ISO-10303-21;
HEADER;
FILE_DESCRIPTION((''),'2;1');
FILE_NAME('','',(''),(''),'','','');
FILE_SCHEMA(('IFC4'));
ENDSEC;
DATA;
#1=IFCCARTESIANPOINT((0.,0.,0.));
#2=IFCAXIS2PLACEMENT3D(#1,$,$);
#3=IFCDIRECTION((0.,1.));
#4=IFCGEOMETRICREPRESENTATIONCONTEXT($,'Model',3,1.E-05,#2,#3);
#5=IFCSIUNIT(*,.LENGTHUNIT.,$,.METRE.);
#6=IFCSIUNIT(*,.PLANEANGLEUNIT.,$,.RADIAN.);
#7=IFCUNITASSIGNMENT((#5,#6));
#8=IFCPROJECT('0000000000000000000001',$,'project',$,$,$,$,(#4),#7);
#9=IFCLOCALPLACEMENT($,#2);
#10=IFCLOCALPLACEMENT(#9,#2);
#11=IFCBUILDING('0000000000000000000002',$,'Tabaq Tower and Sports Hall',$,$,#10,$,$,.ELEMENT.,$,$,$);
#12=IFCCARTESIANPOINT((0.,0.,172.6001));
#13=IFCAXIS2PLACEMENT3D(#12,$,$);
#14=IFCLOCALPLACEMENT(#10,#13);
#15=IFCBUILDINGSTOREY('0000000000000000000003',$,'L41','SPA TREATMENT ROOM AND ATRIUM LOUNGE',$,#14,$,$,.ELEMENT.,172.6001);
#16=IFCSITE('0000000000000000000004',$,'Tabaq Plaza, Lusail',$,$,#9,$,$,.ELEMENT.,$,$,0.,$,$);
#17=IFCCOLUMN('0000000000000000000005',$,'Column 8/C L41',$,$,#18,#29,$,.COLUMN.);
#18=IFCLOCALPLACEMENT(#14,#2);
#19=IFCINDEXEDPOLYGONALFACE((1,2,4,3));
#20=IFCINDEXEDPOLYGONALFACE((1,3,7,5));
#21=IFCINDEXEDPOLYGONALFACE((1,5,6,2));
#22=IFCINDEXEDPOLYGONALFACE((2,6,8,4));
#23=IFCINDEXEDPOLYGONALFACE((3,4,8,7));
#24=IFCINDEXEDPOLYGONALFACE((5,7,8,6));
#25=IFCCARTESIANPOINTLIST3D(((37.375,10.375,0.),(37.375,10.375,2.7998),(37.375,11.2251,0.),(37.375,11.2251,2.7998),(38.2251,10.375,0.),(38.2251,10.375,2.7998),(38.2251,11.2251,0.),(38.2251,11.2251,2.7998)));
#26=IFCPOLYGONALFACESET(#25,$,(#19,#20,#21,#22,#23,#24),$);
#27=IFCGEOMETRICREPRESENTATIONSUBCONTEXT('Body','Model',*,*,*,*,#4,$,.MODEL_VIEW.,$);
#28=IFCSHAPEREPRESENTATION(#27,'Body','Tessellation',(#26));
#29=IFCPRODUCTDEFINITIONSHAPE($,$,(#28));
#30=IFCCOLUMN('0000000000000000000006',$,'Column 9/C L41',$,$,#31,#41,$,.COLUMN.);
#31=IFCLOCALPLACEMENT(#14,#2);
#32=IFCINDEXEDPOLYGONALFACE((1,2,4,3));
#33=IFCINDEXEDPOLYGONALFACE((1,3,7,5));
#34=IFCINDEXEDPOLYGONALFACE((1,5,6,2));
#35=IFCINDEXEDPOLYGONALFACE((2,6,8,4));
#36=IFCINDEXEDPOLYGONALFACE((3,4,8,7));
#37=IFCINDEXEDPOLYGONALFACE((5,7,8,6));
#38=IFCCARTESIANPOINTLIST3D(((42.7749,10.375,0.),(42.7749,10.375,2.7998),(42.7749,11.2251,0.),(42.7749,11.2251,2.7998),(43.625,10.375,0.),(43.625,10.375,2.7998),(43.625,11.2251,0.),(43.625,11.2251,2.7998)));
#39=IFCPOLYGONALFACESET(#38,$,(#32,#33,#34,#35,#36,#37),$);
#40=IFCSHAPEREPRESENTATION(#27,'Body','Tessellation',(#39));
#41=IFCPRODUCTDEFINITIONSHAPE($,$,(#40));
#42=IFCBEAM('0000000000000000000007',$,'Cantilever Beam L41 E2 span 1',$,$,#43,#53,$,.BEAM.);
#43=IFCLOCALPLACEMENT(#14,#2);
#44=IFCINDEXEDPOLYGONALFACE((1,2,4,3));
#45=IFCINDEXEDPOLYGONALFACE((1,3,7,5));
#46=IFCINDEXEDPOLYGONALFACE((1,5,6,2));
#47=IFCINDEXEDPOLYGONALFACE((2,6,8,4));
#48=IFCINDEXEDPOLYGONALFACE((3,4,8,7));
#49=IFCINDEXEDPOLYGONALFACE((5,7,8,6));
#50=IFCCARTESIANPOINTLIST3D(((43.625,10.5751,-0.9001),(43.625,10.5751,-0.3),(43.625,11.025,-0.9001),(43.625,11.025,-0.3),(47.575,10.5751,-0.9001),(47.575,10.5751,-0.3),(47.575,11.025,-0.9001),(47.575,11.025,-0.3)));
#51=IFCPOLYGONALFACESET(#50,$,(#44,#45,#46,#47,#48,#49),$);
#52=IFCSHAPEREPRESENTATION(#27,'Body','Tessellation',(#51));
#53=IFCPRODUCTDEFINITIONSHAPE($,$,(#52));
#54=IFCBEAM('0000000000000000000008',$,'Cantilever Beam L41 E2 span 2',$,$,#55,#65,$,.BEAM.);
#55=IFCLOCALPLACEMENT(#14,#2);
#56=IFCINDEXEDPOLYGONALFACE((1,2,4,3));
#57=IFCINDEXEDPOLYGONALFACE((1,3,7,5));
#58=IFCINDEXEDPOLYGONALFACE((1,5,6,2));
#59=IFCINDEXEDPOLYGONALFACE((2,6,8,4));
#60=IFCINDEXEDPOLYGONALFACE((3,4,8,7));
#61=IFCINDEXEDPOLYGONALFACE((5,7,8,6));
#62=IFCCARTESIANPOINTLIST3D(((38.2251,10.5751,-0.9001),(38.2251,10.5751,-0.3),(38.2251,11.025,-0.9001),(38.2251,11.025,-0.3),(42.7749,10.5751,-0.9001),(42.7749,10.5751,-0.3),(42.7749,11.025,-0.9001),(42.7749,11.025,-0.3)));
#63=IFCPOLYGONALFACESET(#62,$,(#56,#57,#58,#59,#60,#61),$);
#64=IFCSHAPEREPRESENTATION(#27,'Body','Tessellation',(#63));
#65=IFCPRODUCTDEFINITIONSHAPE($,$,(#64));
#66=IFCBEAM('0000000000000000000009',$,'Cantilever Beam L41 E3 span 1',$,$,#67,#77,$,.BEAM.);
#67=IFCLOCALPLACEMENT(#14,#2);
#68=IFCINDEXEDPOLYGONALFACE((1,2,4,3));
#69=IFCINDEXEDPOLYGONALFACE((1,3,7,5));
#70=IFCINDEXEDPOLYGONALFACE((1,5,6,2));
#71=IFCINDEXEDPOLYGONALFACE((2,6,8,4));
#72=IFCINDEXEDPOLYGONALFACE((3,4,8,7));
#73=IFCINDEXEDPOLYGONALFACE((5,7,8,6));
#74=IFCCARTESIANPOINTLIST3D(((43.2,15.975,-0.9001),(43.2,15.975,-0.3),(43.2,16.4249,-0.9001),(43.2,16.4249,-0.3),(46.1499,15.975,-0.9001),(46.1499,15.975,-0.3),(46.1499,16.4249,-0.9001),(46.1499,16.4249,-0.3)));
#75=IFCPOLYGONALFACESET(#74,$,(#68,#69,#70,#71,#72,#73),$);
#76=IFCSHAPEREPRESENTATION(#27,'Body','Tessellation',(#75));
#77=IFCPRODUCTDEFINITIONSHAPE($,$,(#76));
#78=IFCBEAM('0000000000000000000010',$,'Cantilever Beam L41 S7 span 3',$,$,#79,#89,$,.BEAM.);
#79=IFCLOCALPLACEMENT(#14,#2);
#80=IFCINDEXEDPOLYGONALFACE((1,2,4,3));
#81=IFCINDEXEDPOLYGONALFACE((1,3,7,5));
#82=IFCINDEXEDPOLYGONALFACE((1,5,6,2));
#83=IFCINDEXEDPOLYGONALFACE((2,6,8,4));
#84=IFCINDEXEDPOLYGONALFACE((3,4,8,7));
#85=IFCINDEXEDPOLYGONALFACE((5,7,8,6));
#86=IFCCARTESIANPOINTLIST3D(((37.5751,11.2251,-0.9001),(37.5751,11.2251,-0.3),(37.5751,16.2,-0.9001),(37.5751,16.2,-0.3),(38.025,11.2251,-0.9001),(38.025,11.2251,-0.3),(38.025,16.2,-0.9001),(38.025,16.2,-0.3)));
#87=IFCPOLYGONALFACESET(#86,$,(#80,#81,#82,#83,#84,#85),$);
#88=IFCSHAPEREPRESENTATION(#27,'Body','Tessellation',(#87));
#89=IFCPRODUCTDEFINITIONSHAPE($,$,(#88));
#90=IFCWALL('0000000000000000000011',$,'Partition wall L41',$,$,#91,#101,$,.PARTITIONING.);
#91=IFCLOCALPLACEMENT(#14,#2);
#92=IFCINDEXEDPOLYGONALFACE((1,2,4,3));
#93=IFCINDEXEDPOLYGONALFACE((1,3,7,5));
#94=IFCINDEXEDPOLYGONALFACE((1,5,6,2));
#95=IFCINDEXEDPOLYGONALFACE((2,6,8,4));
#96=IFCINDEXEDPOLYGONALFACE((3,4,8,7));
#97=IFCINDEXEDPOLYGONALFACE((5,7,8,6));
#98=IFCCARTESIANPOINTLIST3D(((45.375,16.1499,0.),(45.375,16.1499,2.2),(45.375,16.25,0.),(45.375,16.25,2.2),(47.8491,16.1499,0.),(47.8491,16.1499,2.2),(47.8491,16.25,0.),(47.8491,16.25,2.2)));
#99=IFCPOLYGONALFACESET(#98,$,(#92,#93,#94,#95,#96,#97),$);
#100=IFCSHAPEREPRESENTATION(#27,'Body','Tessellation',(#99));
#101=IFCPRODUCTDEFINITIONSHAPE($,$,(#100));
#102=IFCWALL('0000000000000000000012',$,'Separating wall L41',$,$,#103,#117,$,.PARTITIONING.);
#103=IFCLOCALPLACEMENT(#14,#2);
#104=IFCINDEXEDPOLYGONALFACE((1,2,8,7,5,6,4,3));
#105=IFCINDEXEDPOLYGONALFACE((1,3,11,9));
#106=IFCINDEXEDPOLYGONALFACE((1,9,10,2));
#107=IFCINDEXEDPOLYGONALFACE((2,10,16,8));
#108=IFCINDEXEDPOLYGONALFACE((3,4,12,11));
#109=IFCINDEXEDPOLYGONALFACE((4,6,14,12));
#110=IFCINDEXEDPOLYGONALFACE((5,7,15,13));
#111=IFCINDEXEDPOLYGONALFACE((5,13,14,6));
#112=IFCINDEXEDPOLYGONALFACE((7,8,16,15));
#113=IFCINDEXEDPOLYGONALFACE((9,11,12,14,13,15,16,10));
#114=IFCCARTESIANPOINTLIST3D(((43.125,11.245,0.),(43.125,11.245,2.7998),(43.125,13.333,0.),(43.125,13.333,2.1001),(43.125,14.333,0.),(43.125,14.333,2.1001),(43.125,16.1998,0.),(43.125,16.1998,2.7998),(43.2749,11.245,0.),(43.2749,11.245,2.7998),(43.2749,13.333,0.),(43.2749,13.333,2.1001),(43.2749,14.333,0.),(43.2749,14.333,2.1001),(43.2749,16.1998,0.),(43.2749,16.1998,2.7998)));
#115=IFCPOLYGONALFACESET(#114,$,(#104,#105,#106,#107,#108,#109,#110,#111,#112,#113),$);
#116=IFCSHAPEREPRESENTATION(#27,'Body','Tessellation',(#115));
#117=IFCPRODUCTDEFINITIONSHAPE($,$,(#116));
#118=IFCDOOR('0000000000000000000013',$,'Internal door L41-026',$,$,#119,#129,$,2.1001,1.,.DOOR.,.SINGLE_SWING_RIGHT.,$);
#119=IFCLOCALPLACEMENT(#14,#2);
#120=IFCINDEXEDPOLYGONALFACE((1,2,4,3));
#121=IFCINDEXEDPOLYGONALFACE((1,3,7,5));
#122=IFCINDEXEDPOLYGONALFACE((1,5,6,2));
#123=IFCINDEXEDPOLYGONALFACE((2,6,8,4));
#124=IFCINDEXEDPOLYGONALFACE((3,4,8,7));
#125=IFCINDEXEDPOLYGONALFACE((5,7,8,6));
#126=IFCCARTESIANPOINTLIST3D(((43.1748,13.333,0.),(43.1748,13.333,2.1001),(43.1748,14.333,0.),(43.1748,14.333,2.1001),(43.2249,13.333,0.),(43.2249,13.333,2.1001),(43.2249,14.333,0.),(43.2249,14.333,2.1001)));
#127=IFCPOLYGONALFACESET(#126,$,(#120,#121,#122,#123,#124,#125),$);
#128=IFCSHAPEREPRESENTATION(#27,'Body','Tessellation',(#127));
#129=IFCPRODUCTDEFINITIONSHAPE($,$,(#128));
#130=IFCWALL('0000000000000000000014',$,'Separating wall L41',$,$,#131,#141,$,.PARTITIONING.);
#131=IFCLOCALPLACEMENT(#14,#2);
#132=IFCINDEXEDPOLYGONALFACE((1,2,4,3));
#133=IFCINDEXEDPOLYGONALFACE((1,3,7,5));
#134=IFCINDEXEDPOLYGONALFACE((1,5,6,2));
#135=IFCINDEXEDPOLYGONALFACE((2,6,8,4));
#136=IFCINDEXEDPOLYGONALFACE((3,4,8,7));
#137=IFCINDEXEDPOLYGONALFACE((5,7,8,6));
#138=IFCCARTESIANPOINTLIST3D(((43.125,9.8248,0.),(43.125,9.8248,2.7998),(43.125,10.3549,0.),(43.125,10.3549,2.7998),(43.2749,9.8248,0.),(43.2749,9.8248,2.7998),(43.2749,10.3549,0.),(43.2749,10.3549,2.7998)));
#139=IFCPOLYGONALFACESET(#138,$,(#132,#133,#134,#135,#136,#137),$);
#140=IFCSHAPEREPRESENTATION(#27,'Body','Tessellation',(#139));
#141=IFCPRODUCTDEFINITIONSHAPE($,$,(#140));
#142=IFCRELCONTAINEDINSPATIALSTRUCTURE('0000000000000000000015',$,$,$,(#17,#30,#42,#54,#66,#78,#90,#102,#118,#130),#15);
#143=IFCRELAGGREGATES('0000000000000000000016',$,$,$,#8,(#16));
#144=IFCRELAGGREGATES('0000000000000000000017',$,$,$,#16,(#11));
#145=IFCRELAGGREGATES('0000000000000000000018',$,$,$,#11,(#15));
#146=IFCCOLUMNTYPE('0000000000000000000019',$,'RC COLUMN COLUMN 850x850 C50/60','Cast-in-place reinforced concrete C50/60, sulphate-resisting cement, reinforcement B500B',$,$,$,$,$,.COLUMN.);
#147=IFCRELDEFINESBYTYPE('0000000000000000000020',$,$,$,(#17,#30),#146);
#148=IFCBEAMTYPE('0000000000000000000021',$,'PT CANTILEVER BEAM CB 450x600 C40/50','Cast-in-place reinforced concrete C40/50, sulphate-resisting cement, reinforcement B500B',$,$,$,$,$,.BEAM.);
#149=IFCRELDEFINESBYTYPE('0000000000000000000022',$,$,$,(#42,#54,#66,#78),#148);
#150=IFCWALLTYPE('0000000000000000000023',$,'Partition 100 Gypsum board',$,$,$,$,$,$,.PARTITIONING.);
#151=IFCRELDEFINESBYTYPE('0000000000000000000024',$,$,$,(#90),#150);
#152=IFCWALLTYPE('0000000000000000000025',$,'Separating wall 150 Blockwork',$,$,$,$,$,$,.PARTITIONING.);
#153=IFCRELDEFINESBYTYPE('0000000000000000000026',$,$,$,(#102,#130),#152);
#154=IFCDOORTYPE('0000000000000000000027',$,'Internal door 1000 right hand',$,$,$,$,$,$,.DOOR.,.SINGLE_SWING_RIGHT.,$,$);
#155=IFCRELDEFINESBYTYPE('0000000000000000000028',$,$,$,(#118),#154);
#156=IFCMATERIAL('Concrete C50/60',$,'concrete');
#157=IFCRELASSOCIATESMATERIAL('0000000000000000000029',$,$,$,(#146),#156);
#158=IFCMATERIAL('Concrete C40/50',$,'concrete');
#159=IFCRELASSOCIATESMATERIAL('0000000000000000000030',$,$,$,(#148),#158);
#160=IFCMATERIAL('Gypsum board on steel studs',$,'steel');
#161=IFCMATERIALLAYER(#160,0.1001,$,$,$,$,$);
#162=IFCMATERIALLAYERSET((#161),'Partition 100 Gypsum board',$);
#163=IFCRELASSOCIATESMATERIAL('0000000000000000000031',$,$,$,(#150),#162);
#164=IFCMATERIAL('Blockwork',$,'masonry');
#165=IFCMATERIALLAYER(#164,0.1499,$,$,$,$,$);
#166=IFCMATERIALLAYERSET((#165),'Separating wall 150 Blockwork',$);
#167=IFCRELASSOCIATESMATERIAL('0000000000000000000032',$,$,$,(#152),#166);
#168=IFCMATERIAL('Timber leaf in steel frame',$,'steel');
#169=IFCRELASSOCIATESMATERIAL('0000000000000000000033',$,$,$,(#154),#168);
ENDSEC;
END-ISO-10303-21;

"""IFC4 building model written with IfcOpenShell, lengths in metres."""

from ifc_helpers import new_model, si_unit, direction, frame, frame_2d, origin, origin_2d, place, context, subcontext, project, spatial, rectangle, extrude, material, layer, layer_set, material_profile, profile_set, type_object, element, fill, save


model = new_model("IFC4")

# Units and contexts
model_context = context("Model", 3, precision=1e-05, world=origin(), true_north=direction((0.0, 1.0)))
body_context = subcontext(model_context, "Body", "Model", "MODEL_VIEW")
ifc_project = project(units=[si_unit("LENGTHUNIT", "METRE"), si_unit("PLANEANGLEUNIT", "RADIAN")], contexts=[model_context])

# Site, building, storey
site_placement = place(None, origin())
site = spatial("IfcSite", under=ifc_project, at=site_placement, Name="Tabaq Plaza, Lusail", CompositionType="ELEMENT", RefElevation=0.0)
building_placement = place(site_placement, origin())
building = spatial("IfcBuilding", under=site, at=building_placement, Name="Tabaq Tower and Sports Hall", CompositionType="ELEMENT")
storey_placement = place(building_placement, frame((0.0, 0.0, 172.6001)))
storey = spatial("IfcBuildingStorey", under=building, at=storey_placement, Name="L41", Description="SPA TREATMENT ROOM AND ATRIUM LOUNGE", CompositionType="ELEMENT", Elevation=172.6001)

# Columns
ifc_material_1 = material(Name="Concrete C50/60", Category="concrete")
ifc_material_profile_1 = material_profile(ifc_material_1, rectangle(XDim=0.8501, YDim=0.8501, at=origin_2d()), Name="COLUMN 850x850")
ifc_profile_set_1 = profile_set([ifc_material_profile_1], Name="Concrete C50/60")
column_type = type_object("IfcColumnType", Name="RC COLUMN COLUMN 850x850 C50/60", Description="Cast-in-place reinforced concrete C50/60, sulphate-resisting cement, reinforcement B500B", PredefinedType="COLUMN", material=ifc_profile_set_1)
for number, where, z_axis, x_axis, name in (
    (1, (37.8, 10.8, 0.0), (0.0, 0.0, 1.0), (1.0, 0.0, 0.0), "Column 8/C L41"),
    (2, (43.2, 10.8, 0.0), (0.0, 0.0, 1.0), (1.0, 0.0, 0.0), "Column 9/C L41"),
):
    element("IfcColumn", number, at=place(storey_placement, frame(where, z_axis=z_axis, x_axis=x_axis)), inside=storey, type_object=column_type, Name=name, PredefinedType="COLUMN", context=body_context, shape_type="SweptSolid", body=[
        extrude(rectangle(XDim=0.8501, YDim=0.8501, at=origin_2d()), origin(), (0.0, 0.0, 1.0), 2.7998),
    ])

# Beams
ifc_material_2 = material(Name="Concrete C40/50", Category="concrete")
ifc_material_profile_2 = material_profile(ifc_material_2, rectangle(XDim=0.45, YDim=0.6001, at=origin_2d()), Name="CB 450x600")
ifc_profile_set_2 = profile_set([ifc_material_profile_2], Name="Concrete C40/50")
beam_type = type_object("IfcBeamType", Name="PT CANTILEVER BEAM CB 450x600 C40/50", Description="Cast-in-place reinforced concrete C40/50, sulphate-resisting cement, reinforcement B500B", PredefinedType="BEAM", material=ifc_profile_set_2)
beam_1_placement = place(storey_placement, frame((47.575, 10.8, -0.6001), z_axis=(-1.0, 0.0, 0.0), x_axis=(0.0, -1.0, 0.0)))
element("IfcBeam", 3, at=beam_1_placement, inside=storey, type_object=beam_type, Name="Cantilever Beam L41 E2 span 1", PredefinedType="BEAM", context=body_context, shape_type="SweptSolid", body=[
    extrude(rectangle(XDim=0.45, YDim=0.6001, at=origin_2d()), origin(), (0.0, 0.0, 1.0), 3.95),
])
beam_2_placement = place(storey_placement, frame((42.7749, 10.8, -0.6001), z_axis=(-1.0, 0.0, 0.0), x_axis=(0.0, -1.0, 0.0)))
element("IfcBeam", 4, at=beam_2_placement, inside=storey, type_object=beam_type, Name="Cantilever Beam L41 E2 span 2", PredefinedType="BEAM", context=body_context, shape_type="SweptSolid", body=[
    extrude(rectangle(XDim=0.45, YDim=0.6001, at=origin_2d()), origin(), (0.0, 0.0, 1.0), 4.5498),
])
beam_3_placement = place(storey_placement, frame((46.1499, 16.2, -0.6001), z_axis=(-1.0, 0.0, 0.0), x_axis=(0.0, -1.0, 0.0)))
element("IfcBeam", 5, at=beam_3_placement, inside=storey, type_object=beam_type, Name="Cantilever Beam L41 E3 span 1", PredefinedType="BEAM", context=body_context, shape_type="SweptSolid", body=[
    extrude(rectangle(XDim=0.45, YDim=0.6001, at=origin_2d()), origin(), (0.0, 0.0, 1.0), 2.95),
])
beam_4_placement = place(storey_placement, frame((37.8, 11.2251, -0.6001), z_axis=(0.0, 1.0, 0.0), x_axis=(-1.0, 0.0, 0.0)))
element("IfcBeam", 6, at=beam_4_placement, inside=storey, type_object=beam_type, Name="Cantilever Beam L41 S7 span 3", PredefinedType="BEAM", context=body_context, shape_type="SweptSolid", body=[
    extrude(rectangle(XDim=0.45, YDim=0.6001, at=origin_2d()), origin(), (0.0, 0.0, 1.0), 4.9749),
])

# Wall
ifc_material_3 = material(Name="Gypsum board on steel studs", Category="steel")
ifc_layer_1 = layer(ifc_material_3, 0.1001)
ifc_layer_set_1 = layer_set([ifc_layer_1], Name="Partition 100 Gypsum board")
wall_type_1 = type_object("IfcWallType", Name="Partition 100 Gypsum board", PredefinedType="PARTITIONING", material=ifc_layer_set_1)
wall_1_placement = place(storey_placement, frame((47.8491, 16.2, 0.0), z_axis=(0.0, 0.0, 1.0), x_axis=(-1.0, 0.0, 0.0)))
element("IfcWall", 7, at=wall_1_placement, inside=storey, type_object=wall_type_1, Name="Partition wall L41", PredefinedType="PARTITIONING", context=body_context, shape_type="SweptSolid", body=[
    extrude(rectangle(XDim=2.4741, YDim=0.1001, at=frame_2d((1.2371, 0.0))), origin(), (0.0, 0.0, 1.0), 2.2),
])

# Wall, opening, door
ifc_material_4 = material(Name="Blockwork", Category="masonry")
ifc_layer_2 = layer(ifc_material_4, 0.1499)
ifc_layer_set_2 = layer_set([ifc_layer_2], Name="Separating wall 150 Blockwork")
wall_type_2 = type_object("IfcWallType", Name="Separating wall 150 Blockwork", PredefinedType="PARTITIONING", material=ifc_layer_set_2)
wall_2_placement = place(storey_placement, frame((43.2, 16.2, 0.0), z_axis=(0.0, 0.0, 1.0), x_axis=(0.0, -1.0, 0.0)))
wall_2 = element("IfcWall", 8, at=wall_2_placement, inside=storey, type_object=wall_type_2, Name="Separating wall L41", PredefinedType="PARTITIONING", context=body_context, shape_type="SweptSolid", body=[
    extrude(rectangle(XDim=4.9548, YDim=0.1499, at=frame_2d((2.4775, 0.0))), origin(), (0.0, 0.0, 1.0), 2.7998),
])
opening_1_placement = place(wall_2_placement, frame((1.8669, 0.0, 0.0)))
opening_1 = element("IfcOpeningElement", 9, at=opening_1_placement, cuts=wall_2, PredefinedType="OPENING", context=body_context, shape_type="SweptSolid", body=[
    extrude(rectangle(XDim=1.0, YDim=2.1001, at=frame_2d((0.5, 1.05))), frame((0.0, 0.075, 0.0), z_axis=(0.0, -1.0, 0.0), x_axis=(1.0, 0.0, 0.0)), (0.0, 0.0, 1.0), 0.1499),
])
ifc_material_5 = material(Name="Timber leaf in steel frame", Category="steel")
door_type_1 = type_object("IfcDoorType", Name="Internal door 1000 right hand", OperationType="SINGLE_SWING_RIGHT", PredefinedType="DOOR", material=ifc_material_5)
door_1_placement = place(opening_1_placement, origin())
door_1 = element("IfcDoor", 10, at=door_1_placement, inside=storey, type_object=door_type_1, Name="Internal door L41-026", OperationType="SINGLE_SWING_RIGHT", OverallHeight=2.1001, OverallWidth=1.0, PredefinedType="DOOR", context=body_context, shape_type="SweptSolid", body=[
    extrude(rectangle(XDim=1.0, YDim=2.1001, at=frame_2d((0.5, 1.05))), frame((0.0, 0.0249, 0.0), z_axis=(0.0, -1.0, 0.0), x_axis=(1.0, 0.0, 0.0)), (0.0, 0.0, 1.0), 0.05),
])
fill(opening_1, door_1)

# Wall
wall_3_placement = place(storey_placement, frame((43.2, 10.355, 0.0), z_axis=(0.0, 0.0, 1.0), x_axis=(0.0, -1.0, 0.0)))
element("IfcWall", 11, at=wall_3_placement, inside=storey, type_object=wall_type_2, Name="Separating wall L41", PredefinedType="PARTITIONING", context=body_context, shape_type="SweptSolid", body=[
    extrude(rectangle(XDim=0.53, YDim=0.1499, at=frame_2d((0.2651, 0.0))), origin(), (0.0, 0.0, 1.0), 2.7998),
])

save(model, "model.ifc")
